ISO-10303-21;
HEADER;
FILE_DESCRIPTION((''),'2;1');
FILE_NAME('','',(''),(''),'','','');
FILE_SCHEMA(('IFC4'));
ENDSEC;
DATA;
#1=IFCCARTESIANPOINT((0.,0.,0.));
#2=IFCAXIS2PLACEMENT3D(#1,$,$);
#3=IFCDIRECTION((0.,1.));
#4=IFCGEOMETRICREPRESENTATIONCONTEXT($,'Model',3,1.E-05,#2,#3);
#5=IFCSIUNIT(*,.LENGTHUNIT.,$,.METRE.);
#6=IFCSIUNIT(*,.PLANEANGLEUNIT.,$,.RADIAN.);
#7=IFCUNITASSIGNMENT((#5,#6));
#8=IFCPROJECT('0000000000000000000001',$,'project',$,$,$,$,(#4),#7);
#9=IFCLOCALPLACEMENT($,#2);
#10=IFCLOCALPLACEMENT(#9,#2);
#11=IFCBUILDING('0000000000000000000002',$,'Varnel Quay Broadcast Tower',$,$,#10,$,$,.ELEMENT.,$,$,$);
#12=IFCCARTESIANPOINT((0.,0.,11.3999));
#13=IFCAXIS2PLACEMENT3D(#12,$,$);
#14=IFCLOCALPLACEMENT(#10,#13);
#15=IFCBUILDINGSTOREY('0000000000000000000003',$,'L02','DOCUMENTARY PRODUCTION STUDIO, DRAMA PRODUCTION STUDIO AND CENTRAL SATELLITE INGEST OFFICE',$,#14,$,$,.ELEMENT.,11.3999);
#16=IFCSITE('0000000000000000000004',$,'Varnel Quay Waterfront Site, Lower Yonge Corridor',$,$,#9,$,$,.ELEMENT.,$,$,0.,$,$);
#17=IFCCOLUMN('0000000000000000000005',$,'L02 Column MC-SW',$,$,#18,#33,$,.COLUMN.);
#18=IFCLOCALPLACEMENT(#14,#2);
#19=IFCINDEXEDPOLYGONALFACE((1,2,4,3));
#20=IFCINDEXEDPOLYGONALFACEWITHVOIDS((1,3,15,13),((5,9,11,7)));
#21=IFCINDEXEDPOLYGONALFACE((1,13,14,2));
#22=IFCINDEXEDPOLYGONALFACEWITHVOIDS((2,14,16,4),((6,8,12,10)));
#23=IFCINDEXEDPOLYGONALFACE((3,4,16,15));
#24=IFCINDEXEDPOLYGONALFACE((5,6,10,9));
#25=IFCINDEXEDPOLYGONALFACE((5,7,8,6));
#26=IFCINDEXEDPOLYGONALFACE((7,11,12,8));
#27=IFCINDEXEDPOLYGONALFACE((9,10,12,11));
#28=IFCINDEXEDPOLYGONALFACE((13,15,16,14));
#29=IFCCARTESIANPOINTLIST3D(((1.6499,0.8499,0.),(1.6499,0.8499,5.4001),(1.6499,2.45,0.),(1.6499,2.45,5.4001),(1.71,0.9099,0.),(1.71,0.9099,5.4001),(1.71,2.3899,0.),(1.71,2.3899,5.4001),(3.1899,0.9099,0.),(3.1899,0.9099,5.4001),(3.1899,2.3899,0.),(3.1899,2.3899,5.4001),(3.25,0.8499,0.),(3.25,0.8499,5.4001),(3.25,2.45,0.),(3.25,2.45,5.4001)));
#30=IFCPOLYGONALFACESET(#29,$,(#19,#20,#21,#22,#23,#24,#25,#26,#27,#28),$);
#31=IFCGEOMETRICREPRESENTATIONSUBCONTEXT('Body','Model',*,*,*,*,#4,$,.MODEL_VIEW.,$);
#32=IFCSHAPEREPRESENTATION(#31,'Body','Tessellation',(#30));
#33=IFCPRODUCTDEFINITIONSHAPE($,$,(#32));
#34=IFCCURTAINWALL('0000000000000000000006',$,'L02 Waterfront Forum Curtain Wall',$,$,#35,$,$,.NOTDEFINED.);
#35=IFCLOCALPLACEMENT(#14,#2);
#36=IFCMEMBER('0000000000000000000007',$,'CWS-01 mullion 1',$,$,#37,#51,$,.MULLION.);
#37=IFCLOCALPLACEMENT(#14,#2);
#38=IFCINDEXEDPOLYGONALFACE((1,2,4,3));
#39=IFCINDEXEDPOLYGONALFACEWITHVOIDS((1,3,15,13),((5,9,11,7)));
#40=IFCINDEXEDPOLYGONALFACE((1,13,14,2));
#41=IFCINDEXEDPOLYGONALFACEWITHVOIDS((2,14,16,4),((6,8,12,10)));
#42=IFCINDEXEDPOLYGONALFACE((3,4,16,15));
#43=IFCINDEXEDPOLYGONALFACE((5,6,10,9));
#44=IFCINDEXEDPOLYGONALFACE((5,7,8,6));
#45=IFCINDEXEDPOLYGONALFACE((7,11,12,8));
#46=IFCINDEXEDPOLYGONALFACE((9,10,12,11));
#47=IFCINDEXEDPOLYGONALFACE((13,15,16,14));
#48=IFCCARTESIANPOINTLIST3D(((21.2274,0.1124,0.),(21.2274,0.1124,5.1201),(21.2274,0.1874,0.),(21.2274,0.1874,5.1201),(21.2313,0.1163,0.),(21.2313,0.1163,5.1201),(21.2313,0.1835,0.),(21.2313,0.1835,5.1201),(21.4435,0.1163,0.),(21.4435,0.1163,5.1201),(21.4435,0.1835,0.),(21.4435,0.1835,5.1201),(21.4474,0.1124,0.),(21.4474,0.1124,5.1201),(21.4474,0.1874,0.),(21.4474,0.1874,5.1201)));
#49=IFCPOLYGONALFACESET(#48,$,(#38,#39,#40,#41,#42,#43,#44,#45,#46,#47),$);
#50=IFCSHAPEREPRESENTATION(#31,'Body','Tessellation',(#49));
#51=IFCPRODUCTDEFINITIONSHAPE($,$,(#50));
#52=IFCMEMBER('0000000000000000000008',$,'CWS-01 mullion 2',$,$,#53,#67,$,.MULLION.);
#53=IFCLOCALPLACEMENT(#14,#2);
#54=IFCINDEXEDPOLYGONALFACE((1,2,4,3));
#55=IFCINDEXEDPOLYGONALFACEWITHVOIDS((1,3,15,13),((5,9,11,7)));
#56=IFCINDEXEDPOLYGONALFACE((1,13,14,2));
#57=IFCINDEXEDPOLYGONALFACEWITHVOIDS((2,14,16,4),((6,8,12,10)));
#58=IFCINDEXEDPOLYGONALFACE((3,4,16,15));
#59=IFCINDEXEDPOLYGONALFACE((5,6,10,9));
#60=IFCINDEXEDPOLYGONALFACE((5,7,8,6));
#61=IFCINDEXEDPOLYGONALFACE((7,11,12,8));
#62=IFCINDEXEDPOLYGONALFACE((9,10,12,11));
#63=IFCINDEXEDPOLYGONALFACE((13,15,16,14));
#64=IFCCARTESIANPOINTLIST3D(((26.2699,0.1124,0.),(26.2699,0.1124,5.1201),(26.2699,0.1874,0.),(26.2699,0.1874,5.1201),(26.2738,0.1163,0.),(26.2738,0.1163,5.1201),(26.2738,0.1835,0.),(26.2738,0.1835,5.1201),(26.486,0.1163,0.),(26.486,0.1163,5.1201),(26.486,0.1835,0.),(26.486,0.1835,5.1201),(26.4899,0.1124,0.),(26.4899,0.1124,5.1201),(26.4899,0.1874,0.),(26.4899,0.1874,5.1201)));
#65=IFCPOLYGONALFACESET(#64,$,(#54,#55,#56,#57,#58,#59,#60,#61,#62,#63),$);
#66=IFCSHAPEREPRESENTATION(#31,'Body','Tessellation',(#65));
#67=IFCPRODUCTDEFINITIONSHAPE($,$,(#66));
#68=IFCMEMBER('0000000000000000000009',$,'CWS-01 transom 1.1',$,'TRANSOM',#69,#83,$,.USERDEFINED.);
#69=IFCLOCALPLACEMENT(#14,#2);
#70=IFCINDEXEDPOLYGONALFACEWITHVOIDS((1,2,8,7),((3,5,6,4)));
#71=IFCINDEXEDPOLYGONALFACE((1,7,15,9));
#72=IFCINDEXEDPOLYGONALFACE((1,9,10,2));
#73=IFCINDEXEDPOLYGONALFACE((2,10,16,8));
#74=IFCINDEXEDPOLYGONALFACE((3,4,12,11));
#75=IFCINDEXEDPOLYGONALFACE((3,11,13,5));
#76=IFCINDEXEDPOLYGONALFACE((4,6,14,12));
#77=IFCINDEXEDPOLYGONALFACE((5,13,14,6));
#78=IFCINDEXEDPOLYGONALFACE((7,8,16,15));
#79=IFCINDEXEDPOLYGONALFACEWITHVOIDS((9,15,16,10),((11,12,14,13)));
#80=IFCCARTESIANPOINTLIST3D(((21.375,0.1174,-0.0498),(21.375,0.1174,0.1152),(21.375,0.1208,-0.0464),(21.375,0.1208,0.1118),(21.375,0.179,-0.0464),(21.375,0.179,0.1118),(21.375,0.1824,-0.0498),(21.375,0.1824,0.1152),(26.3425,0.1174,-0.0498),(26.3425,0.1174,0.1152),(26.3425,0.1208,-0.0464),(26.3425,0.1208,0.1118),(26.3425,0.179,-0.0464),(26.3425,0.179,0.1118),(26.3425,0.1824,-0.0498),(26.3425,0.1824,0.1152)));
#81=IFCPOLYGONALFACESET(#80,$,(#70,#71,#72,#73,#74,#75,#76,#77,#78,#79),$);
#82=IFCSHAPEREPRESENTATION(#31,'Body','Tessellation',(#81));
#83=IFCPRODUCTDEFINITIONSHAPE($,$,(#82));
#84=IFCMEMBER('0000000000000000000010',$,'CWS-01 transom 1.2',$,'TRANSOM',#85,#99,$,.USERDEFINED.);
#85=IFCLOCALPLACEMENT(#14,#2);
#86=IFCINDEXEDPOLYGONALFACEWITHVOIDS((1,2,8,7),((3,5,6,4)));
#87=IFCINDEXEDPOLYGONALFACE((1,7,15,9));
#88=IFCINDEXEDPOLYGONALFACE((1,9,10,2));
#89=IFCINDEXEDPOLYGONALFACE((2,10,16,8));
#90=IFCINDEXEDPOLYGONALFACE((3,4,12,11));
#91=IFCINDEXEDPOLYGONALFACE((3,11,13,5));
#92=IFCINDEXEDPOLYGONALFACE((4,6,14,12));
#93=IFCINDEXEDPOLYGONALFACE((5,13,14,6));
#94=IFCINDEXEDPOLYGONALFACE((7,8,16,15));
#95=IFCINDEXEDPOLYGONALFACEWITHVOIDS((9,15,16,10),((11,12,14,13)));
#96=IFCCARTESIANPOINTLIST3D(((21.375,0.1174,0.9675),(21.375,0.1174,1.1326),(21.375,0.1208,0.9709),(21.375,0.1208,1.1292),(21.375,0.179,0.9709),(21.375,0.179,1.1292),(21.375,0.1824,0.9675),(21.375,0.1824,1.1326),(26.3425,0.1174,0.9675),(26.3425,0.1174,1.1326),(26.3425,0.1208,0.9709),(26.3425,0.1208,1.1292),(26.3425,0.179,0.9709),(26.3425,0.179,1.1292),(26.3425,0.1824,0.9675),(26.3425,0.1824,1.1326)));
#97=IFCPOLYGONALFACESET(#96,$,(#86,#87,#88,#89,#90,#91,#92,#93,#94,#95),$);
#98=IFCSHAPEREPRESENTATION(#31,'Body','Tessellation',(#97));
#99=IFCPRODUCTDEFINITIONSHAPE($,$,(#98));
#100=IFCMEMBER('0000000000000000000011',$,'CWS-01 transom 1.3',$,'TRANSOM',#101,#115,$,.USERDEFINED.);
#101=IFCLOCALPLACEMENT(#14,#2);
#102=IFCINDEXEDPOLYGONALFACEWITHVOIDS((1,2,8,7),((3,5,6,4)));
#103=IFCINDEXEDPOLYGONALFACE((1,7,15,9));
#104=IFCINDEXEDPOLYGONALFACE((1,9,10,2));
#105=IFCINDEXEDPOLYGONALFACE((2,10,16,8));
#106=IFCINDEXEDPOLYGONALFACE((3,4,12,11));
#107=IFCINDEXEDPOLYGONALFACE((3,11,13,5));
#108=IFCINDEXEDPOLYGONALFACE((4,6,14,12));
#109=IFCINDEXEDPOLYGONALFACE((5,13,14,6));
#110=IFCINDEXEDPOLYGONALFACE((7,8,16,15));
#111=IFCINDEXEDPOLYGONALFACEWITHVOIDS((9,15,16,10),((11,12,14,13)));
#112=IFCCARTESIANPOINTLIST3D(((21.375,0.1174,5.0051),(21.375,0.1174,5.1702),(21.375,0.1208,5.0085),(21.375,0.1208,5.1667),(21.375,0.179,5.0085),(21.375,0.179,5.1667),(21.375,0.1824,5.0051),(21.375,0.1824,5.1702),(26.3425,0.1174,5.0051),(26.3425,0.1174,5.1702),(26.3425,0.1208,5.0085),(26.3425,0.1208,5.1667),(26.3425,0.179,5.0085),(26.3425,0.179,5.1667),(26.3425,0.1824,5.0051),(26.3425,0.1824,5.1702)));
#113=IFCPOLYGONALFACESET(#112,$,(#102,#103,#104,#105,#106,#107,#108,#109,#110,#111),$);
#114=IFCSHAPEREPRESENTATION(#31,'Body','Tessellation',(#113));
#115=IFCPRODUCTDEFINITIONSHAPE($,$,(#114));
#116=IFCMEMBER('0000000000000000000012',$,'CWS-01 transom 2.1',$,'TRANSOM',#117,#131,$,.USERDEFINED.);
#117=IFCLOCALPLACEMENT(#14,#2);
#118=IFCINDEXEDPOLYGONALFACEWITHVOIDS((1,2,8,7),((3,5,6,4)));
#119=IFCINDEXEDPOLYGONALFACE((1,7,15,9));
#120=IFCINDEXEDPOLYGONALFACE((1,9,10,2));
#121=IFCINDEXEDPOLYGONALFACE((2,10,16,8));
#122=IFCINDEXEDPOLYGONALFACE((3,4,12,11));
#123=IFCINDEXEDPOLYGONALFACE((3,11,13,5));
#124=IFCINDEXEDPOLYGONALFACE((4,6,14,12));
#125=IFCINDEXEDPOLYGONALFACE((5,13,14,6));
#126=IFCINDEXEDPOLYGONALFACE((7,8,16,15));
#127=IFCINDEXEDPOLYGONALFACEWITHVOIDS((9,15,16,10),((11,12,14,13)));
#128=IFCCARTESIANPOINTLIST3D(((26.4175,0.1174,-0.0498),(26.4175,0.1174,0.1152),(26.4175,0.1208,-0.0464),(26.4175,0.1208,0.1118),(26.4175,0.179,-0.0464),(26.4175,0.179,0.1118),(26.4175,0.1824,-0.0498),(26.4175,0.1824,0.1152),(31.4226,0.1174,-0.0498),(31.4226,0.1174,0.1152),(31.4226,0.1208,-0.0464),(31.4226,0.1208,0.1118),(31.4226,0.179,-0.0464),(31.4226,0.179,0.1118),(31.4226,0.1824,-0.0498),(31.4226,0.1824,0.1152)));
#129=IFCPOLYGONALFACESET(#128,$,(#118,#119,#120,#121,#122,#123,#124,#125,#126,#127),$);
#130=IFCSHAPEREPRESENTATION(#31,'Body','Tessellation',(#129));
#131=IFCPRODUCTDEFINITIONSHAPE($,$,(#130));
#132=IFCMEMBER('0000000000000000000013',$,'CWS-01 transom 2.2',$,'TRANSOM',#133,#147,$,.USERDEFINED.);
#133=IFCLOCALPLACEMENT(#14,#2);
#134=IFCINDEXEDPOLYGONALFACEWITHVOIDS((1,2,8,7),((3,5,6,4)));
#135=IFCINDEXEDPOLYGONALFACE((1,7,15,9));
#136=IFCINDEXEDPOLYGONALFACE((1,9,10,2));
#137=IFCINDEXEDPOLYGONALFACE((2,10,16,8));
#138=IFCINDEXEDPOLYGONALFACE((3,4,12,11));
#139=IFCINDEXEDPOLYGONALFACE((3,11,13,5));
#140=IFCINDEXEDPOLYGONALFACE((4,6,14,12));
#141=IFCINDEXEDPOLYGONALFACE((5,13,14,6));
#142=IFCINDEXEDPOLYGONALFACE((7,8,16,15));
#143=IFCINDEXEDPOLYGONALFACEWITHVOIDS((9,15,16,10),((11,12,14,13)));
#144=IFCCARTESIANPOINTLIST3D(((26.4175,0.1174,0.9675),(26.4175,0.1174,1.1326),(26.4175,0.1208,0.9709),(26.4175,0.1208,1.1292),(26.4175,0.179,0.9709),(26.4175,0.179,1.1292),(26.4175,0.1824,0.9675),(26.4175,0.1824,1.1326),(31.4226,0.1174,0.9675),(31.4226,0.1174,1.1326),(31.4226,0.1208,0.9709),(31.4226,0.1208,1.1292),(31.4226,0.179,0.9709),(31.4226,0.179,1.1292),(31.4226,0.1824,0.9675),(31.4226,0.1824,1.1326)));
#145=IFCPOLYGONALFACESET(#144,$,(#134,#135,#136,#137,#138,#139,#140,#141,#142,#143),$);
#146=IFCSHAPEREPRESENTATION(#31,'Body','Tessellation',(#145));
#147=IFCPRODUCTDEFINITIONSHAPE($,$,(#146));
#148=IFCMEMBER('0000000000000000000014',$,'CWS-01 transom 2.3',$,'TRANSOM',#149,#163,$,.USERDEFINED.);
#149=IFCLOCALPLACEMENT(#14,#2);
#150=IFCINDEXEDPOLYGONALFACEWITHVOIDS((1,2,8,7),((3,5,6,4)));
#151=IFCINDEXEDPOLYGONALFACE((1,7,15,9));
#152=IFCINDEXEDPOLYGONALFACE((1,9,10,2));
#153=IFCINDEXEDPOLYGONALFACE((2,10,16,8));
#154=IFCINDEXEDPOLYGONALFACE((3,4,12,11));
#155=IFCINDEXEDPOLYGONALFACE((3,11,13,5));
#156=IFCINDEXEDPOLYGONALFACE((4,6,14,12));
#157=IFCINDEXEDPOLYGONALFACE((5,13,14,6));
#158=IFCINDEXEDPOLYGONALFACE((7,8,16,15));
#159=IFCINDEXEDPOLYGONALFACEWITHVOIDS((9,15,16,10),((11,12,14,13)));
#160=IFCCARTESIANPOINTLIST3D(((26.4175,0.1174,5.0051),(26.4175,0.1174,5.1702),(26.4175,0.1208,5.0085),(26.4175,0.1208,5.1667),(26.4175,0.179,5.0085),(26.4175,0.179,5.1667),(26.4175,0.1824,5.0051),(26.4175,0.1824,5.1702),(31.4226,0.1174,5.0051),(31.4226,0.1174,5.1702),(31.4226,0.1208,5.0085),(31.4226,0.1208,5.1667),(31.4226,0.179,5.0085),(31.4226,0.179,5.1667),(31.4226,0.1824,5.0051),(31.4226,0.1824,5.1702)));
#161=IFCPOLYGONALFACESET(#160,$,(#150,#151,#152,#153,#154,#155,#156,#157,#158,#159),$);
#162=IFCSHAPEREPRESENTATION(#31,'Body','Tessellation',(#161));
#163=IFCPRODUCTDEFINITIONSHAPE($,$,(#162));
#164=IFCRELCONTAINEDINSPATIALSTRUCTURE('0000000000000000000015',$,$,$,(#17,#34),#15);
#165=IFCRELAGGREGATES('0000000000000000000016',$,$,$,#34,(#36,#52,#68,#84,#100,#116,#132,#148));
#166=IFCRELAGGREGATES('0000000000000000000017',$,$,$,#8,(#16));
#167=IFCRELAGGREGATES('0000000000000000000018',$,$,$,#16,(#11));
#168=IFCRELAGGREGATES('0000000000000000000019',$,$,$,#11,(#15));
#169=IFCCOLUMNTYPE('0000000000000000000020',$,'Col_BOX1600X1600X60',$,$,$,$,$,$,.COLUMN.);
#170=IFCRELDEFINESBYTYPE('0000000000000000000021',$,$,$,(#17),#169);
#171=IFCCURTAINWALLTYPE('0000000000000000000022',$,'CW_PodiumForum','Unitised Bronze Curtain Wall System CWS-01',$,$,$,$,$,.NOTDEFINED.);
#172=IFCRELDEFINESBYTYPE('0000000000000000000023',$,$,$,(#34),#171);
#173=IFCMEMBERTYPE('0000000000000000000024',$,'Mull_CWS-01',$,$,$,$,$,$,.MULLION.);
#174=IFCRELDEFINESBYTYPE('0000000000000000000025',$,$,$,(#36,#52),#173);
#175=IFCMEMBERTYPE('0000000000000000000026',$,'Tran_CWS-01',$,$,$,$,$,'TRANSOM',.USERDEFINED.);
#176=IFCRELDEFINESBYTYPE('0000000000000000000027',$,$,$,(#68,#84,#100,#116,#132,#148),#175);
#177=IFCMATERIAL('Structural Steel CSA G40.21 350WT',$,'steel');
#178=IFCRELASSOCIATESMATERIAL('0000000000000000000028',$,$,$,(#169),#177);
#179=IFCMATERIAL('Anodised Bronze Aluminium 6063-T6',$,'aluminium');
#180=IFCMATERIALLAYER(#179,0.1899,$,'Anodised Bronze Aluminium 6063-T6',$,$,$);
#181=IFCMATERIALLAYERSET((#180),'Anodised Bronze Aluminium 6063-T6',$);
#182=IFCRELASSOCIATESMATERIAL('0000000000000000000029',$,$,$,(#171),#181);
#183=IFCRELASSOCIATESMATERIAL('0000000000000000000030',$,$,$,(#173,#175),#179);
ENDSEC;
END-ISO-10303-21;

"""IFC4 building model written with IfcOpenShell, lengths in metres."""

from ifc_helpers import new_model, si_unit, direction, frame, origin, origin_2d, place, context, subcontext, project, spatial, hollow_rectangle, extrude, source, transform, mapped, material, layer, layer_set, material_profile, profile_set, type_object, type_shapes, element, aggregate, save


model = new_model("IFC4")

# Units and contexts
model_context = context("Model", 3, precision=1e-05, world=origin(), true_north=direction((0.0, 1.0)))
body_context = subcontext(model_context, "Body", "Model", "MODEL_VIEW")
ifc_project = project(units=[si_unit("LENGTHUNIT", "METRE"), si_unit("PLANEANGLEUNIT", "RADIAN")], contexts=[model_context])

# Site, building, storey
site_placement = place(None, origin())
site = spatial("IfcSite", under=ifc_project, at=site_placement, Name="Varnel Quay Waterfront Site, Lower Yonge Corridor", CompositionType="ELEMENT", RefElevation=0.0)
building_placement = place(site_placement, origin())
building = spatial("IfcBuilding", under=site, at=building_placement, Name="Varnel Quay Broadcast Tower", CompositionType="ELEMENT")
storey_placement = place(building_placement, frame((0.0, 0.0, 11.3999)))
storey = spatial("IfcBuildingStorey", under=building, at=storey_placement, Name="L02", Description="DOCUMENTARY PRODUCTION STUDIO, DRAMA PRODUCTION STUDIO AND CENTRAL SATELLITE INGEST OFFICE", CompositionType="ELEMENT", Elevation=11.3999)

# Column
ifc_material_1 = material(Name="Structural Steel CSA G40.21 350WT", Category="steel")
ifc_material_profile_1 = material_profile(ifc_material_1, hollow_rectangle(XDim=1.6001, YDim=1.6001, WallThickness=0.0601, at=origin_2d()), Name="BOX1600X1600X60")
ifc_profile_set_1 = profile_set([ifc_material_profile_1], Name="Structural Steel CSA G40.21 350WT")
column_type = type_object("IfcColumnType", Name="Col_BOX1600X1600X60", PredefinedType="COLUMN", material=ifc_profile_set_1)
shared_shape_1 = source(origin(), body_context, "Body", "SweptSolid", [
    extrude(hollow_rectangle(XDim=1.6001, YDim=1.6001, WallThickness=0.0601, at=origin_2d()), origin(), (0.0, 0.0, 1.0), 5.4001),
])
type_shapes(column_type, [shared_shape_1])
column_placement = place(storey_placement, frame((2.45, 1.6499, 0.0), z_axis=(0.0, 0.0, 1.0), x_axis=(1.0, 0.0, 0.0)))
element("IfcColumn", 1, at=column_placement, inside=storey, type_object=column_type, Name="L02 Column MC-SW", PredefinedType="COLUMN", context=body_context, shape_type="MappedRepresentation", body=[
    mapped(shared_shape_1, transform((0.0, 0.0, 0.0), x_axis=(1.0, 0.0, 0.0), y_axis=(0.0, 1.0, 0.0), z_axis=(0.0, 0.0, 1.0), scale=1.0)),
])

# Curtain wall, members
ifc_material_2 = material(Name="Anodised Bronze Aluminium 6063-T6", Category="aluminium")
ifc_layer_1 = layer(ifc_material_2, 0.1899, Name="Anodised Bronze Aluminium 6063-T6")
ifc_layer_set_1 = layer_set([ifc_layer_1], Name="Anodised Bronze Aluminium 6063-T6")
curtain_wall_type = type_object("IfcCurtainWallType", Name="CW_PodiumForum", Description="Unitised Bronze Curtain Wall System CWS-01", PredefinedType="NOTDEFINED", material=ifc_layer_set_1)
curtain_wall_placement = place(storey_placement, origin())
curtain_wall = element("IfcCurtainWall", 2, at=curtain_wall_placement, inside=storey, type_object=curtain_wall_type, Name="L02 Waterfront Forum Curtain Wall", PredefinedType="NOTDEFINED")
ifc_material_profile_2 = material_profile(ifc_material_2, hollow_rectangle(XDim=0.075, YDim=0.22, WallThickness=0.0039, at=origin_2d()), Name="ALU75X220X4")
ifc_profile_set_2 = profile_set([ifc_material_profile_2], Name="Anodised Bronze Aluminium 6063-T6")
member_type_1 = type_object("IfcMemberType", Name="Mull_CWS-01", PredefinedType="MULLION", material=ifc_profile_set_2)
shared_shape_2 = source(origin(), body_context, "Body", "SweptSolid", [
    extrude(hollow_rectangle(XDim=0.075, YDim=0.22, WallThickness=0.0039, at=origin_2d()), origin(), (0.0, 0.0, 1.0), 5.1201),
])
type_shapes(member_type_1, [shared_shape_2])
member_1_placement = place(storey_placement, frame((21.3374, 0.1499, 0.0), z_axis=(0.0, 0.0, 1.0), x_axis=(0.0, 1.0, 0.0)))
member_1 = element("IfcMember", 3, at=member_1_placement, type_object=member_type_1, Name="CWS-01 mullion 1", PredefinedType="MULLION", context=body_context, shape_type="MappedRepresentation", body=[
    mapped(shared_shape_2, transform((0.0, 0.0, 0.0), x_axis=(1.0, 0.0, 0.0), y_axis=(0.0, 1.0, 0.0), z_axis=(0.0, 0.0, 1.0), scale=1.0)),
])
member_2_placement = place(storey_placement, frame((26.3799, 0.1499, 0.0), z_axis=(0.0, 0.0, 1.0), x_axis=(0.0, 1.0, 0.0)))
member_2 = element("IfcMember", 4, at=member_2_placement, type_object=member_type_1, Name="CWS-01 mullion 2", PredefinedType="MULLION", context=body_context, shape_type="MappedRepresentation", body=[
    mapped(shared_shape_2, transform((0.0, 0.0, 0.0), x_axis=(1.0, 0.0, 0.0), y_axis=(0.0, 1.0, 0.0), z_axis=(0.0, 0.0, 1.0), scale=1.0)),
])
ifc_material_profile_3 = material_profile(ifc_material_2, hollow_rectangle(XDim=0.0649, YDim=0.165, WallThickness=0.0034, at=origin_2d()), Name="ALU65X165X3.5")
ifc_profile_set_3 = profile_set([ifc_material_profile_3], Name="Anodised Bronze Aluminium 6063-T6")
member_type_2 = type_object("IfcMemberType", Name="Tran_CWS-01", ElementType="TRANSOM", PredefinedType="USERDEFINED", material=ifc_profile_set_3)
shared_shape_3 = source(origin(), body_context, "Body", "SweptSolid", [
    extrude(hollow_rectangle(XDim=0.0649, YDim=0.165, WallThickness=0.0034, at=origin_2d()), origin(), (0.0, 0.0, 1.0), 4.9675),
])
member_3_placement = place(storey_placement, frame((21.375, 0.1499, 0.0327), z_axis=(1.0, 0.0, 0.0), x_axis=(0.0, 1.0, 0.0)))
member_3 = element("IfcMember", 5, at=member_3_placement, type_object=member_type_2, Name="CWS-01 transom 1.1", ObjectType="TRANSOM", PredefinedType="USERDEFINED", context=body_context, shape_type="MappedRepresentation", body=[
    mapped(shared_shape_3, transform((0.0, 0.0, 0.0), x_axis=(1.0, 0.0, 0.0), y_axis=(0.0, 1.0, 0.0), z_axis=(0.0, 0.0, 1.0), scale=1.0)),
])
member_4_placement = place(storey_placement, frame((21.375, 0.1499, 1.05), z_axis=(1.0, 0.0, 0.0), x_axis=(0.0, 1.0, 0.0)))
member_4 = element("IfcMember", 6, at=member_4_placement, type_object=member_type_2, Name="CWS-01 transom 1.2", ObjectType="TRANSOM", PredefinedType="USERDEFINED", context=body_context, shape_type="MappedRepresentation", body=[
    mapped(shared_shape_3, transform((0.0, 0.0, 0.0), x_axis=(1.0, 0.0, 0.0), y_axis=(0.0, 1.0, 0.0), z_axis=(0.0, 0.0, 1.0), scale=1.0)),
])
member_5_placement = place(storey_placement, frame((21.375, 0.1499, 5.0876), z_axis=(1.0, 0.0, 0.0), x_axis=(0.0, 1.0, 0.0)))
member_5 = element("IfcMember", 7, at=member_5_placement, type_object=member_type_2, Name="CWS-01 transom 1.3", ObjectType="TRANSOM", PredefinedType="USERDEFINED", context=body_context, shape_type="MappedRepresentation", body=[
    mapped(shared_shape_3, transform((0.0, 0.0, 0.0), x_axis=(1.0, 0.0, 0.0), y_axis=(0.0, 1.0, 0.0), z_axis=(0.0, 0.0, 1.0), scale=1.0)),
])
shared_shape_4 = source(origin(), body_context, "Body", "SweptSolid", [
    extrude(hollow_rectangle(XDim=0.0649, YDim=0.165, WallThickness=0.0034, at=origin_2d()), origin(), (0.0, 0.0, 1.0), 5.0051),
])
type_shapes(member_type_2, [shared_shape_3, shared_shape_4])
member_6_placement = place(storey_placement, frame((26.4175, 0.1499, 0.0327), z_axis=(1.0, 0.0, 0.0), x_axis=(0.0, 1.0, 0.0)))
member_6 = element("IfcMember", 8, at=member_6_placement, type_object=member_type_2, Name="CWS-01 transom 2.1", ObjectType="TRANSOM", PredefinedType="USERDEFINED", context=body_context, shape_type="MappedRepresentation", body=[
    mapped(shared_shape_4, transform((0.0, 0.0, 0.0), x_axis=(1.0, 0.0, 0.0), y_axis=(0.0, 1.0, 0.0), z_axis=(0.0, 0.0, 1.0), scale=1.0)),
])
member_7_placement = place(storey_placement, frame((26.4175, 0.1499, 1.05), z_axis=(1.0, 0.0, 0.0), x_axis=(0.0, 1.0, 0.0)))
member_7 = element("IfcMember", 9, at=member_7_placement, type_object=member_type_2, Name="CWS-01 transom 2.2", ObjectType="TRANSOM", PredefinedType="USERDEFINED", context=body_context, shape_type="MappedRepresentation", body=[
    mapped(shared_shape_4, transform((0.0, 0.0, 0.0), x_axis=(1.0, 0.0, 0.0), y_axis=(0.0, 1.0, 0.0), z_axis=(0.0, 0.0, 1.0), scale=1.0)),
])
member_8_placement = place(storey_placement, frame((26.4175, 0.1499, 5.0876), z_axis=(1.0, 0.0, 0.0), x_axis=(0.0, 1.0, 0.0)))
member_8 = element("IfcMember", 10, at=member_8_placement, type_object=member_type_2, Name="CWS-01 transom 2.3", ObjectType="TRANSOM", PredefinedType="USERDEFINED", context=body_context, shape_type="MappedRepresentation", body=[
    mapped(shared_shape_4, transform((0.0, 0.0, 0.0), x_axis=(1.0, 0.0, 0.0), y_axis=(0.0, 1.0, 0.0), z_axis=(0.0, 0.0, 1.0), scale=1.0)),
])

aggregate(curtain_wall, [member_1, member_2, member_3, member_4, member_5, member_6, member_7, member_8])

save(model, "model.ifc")
